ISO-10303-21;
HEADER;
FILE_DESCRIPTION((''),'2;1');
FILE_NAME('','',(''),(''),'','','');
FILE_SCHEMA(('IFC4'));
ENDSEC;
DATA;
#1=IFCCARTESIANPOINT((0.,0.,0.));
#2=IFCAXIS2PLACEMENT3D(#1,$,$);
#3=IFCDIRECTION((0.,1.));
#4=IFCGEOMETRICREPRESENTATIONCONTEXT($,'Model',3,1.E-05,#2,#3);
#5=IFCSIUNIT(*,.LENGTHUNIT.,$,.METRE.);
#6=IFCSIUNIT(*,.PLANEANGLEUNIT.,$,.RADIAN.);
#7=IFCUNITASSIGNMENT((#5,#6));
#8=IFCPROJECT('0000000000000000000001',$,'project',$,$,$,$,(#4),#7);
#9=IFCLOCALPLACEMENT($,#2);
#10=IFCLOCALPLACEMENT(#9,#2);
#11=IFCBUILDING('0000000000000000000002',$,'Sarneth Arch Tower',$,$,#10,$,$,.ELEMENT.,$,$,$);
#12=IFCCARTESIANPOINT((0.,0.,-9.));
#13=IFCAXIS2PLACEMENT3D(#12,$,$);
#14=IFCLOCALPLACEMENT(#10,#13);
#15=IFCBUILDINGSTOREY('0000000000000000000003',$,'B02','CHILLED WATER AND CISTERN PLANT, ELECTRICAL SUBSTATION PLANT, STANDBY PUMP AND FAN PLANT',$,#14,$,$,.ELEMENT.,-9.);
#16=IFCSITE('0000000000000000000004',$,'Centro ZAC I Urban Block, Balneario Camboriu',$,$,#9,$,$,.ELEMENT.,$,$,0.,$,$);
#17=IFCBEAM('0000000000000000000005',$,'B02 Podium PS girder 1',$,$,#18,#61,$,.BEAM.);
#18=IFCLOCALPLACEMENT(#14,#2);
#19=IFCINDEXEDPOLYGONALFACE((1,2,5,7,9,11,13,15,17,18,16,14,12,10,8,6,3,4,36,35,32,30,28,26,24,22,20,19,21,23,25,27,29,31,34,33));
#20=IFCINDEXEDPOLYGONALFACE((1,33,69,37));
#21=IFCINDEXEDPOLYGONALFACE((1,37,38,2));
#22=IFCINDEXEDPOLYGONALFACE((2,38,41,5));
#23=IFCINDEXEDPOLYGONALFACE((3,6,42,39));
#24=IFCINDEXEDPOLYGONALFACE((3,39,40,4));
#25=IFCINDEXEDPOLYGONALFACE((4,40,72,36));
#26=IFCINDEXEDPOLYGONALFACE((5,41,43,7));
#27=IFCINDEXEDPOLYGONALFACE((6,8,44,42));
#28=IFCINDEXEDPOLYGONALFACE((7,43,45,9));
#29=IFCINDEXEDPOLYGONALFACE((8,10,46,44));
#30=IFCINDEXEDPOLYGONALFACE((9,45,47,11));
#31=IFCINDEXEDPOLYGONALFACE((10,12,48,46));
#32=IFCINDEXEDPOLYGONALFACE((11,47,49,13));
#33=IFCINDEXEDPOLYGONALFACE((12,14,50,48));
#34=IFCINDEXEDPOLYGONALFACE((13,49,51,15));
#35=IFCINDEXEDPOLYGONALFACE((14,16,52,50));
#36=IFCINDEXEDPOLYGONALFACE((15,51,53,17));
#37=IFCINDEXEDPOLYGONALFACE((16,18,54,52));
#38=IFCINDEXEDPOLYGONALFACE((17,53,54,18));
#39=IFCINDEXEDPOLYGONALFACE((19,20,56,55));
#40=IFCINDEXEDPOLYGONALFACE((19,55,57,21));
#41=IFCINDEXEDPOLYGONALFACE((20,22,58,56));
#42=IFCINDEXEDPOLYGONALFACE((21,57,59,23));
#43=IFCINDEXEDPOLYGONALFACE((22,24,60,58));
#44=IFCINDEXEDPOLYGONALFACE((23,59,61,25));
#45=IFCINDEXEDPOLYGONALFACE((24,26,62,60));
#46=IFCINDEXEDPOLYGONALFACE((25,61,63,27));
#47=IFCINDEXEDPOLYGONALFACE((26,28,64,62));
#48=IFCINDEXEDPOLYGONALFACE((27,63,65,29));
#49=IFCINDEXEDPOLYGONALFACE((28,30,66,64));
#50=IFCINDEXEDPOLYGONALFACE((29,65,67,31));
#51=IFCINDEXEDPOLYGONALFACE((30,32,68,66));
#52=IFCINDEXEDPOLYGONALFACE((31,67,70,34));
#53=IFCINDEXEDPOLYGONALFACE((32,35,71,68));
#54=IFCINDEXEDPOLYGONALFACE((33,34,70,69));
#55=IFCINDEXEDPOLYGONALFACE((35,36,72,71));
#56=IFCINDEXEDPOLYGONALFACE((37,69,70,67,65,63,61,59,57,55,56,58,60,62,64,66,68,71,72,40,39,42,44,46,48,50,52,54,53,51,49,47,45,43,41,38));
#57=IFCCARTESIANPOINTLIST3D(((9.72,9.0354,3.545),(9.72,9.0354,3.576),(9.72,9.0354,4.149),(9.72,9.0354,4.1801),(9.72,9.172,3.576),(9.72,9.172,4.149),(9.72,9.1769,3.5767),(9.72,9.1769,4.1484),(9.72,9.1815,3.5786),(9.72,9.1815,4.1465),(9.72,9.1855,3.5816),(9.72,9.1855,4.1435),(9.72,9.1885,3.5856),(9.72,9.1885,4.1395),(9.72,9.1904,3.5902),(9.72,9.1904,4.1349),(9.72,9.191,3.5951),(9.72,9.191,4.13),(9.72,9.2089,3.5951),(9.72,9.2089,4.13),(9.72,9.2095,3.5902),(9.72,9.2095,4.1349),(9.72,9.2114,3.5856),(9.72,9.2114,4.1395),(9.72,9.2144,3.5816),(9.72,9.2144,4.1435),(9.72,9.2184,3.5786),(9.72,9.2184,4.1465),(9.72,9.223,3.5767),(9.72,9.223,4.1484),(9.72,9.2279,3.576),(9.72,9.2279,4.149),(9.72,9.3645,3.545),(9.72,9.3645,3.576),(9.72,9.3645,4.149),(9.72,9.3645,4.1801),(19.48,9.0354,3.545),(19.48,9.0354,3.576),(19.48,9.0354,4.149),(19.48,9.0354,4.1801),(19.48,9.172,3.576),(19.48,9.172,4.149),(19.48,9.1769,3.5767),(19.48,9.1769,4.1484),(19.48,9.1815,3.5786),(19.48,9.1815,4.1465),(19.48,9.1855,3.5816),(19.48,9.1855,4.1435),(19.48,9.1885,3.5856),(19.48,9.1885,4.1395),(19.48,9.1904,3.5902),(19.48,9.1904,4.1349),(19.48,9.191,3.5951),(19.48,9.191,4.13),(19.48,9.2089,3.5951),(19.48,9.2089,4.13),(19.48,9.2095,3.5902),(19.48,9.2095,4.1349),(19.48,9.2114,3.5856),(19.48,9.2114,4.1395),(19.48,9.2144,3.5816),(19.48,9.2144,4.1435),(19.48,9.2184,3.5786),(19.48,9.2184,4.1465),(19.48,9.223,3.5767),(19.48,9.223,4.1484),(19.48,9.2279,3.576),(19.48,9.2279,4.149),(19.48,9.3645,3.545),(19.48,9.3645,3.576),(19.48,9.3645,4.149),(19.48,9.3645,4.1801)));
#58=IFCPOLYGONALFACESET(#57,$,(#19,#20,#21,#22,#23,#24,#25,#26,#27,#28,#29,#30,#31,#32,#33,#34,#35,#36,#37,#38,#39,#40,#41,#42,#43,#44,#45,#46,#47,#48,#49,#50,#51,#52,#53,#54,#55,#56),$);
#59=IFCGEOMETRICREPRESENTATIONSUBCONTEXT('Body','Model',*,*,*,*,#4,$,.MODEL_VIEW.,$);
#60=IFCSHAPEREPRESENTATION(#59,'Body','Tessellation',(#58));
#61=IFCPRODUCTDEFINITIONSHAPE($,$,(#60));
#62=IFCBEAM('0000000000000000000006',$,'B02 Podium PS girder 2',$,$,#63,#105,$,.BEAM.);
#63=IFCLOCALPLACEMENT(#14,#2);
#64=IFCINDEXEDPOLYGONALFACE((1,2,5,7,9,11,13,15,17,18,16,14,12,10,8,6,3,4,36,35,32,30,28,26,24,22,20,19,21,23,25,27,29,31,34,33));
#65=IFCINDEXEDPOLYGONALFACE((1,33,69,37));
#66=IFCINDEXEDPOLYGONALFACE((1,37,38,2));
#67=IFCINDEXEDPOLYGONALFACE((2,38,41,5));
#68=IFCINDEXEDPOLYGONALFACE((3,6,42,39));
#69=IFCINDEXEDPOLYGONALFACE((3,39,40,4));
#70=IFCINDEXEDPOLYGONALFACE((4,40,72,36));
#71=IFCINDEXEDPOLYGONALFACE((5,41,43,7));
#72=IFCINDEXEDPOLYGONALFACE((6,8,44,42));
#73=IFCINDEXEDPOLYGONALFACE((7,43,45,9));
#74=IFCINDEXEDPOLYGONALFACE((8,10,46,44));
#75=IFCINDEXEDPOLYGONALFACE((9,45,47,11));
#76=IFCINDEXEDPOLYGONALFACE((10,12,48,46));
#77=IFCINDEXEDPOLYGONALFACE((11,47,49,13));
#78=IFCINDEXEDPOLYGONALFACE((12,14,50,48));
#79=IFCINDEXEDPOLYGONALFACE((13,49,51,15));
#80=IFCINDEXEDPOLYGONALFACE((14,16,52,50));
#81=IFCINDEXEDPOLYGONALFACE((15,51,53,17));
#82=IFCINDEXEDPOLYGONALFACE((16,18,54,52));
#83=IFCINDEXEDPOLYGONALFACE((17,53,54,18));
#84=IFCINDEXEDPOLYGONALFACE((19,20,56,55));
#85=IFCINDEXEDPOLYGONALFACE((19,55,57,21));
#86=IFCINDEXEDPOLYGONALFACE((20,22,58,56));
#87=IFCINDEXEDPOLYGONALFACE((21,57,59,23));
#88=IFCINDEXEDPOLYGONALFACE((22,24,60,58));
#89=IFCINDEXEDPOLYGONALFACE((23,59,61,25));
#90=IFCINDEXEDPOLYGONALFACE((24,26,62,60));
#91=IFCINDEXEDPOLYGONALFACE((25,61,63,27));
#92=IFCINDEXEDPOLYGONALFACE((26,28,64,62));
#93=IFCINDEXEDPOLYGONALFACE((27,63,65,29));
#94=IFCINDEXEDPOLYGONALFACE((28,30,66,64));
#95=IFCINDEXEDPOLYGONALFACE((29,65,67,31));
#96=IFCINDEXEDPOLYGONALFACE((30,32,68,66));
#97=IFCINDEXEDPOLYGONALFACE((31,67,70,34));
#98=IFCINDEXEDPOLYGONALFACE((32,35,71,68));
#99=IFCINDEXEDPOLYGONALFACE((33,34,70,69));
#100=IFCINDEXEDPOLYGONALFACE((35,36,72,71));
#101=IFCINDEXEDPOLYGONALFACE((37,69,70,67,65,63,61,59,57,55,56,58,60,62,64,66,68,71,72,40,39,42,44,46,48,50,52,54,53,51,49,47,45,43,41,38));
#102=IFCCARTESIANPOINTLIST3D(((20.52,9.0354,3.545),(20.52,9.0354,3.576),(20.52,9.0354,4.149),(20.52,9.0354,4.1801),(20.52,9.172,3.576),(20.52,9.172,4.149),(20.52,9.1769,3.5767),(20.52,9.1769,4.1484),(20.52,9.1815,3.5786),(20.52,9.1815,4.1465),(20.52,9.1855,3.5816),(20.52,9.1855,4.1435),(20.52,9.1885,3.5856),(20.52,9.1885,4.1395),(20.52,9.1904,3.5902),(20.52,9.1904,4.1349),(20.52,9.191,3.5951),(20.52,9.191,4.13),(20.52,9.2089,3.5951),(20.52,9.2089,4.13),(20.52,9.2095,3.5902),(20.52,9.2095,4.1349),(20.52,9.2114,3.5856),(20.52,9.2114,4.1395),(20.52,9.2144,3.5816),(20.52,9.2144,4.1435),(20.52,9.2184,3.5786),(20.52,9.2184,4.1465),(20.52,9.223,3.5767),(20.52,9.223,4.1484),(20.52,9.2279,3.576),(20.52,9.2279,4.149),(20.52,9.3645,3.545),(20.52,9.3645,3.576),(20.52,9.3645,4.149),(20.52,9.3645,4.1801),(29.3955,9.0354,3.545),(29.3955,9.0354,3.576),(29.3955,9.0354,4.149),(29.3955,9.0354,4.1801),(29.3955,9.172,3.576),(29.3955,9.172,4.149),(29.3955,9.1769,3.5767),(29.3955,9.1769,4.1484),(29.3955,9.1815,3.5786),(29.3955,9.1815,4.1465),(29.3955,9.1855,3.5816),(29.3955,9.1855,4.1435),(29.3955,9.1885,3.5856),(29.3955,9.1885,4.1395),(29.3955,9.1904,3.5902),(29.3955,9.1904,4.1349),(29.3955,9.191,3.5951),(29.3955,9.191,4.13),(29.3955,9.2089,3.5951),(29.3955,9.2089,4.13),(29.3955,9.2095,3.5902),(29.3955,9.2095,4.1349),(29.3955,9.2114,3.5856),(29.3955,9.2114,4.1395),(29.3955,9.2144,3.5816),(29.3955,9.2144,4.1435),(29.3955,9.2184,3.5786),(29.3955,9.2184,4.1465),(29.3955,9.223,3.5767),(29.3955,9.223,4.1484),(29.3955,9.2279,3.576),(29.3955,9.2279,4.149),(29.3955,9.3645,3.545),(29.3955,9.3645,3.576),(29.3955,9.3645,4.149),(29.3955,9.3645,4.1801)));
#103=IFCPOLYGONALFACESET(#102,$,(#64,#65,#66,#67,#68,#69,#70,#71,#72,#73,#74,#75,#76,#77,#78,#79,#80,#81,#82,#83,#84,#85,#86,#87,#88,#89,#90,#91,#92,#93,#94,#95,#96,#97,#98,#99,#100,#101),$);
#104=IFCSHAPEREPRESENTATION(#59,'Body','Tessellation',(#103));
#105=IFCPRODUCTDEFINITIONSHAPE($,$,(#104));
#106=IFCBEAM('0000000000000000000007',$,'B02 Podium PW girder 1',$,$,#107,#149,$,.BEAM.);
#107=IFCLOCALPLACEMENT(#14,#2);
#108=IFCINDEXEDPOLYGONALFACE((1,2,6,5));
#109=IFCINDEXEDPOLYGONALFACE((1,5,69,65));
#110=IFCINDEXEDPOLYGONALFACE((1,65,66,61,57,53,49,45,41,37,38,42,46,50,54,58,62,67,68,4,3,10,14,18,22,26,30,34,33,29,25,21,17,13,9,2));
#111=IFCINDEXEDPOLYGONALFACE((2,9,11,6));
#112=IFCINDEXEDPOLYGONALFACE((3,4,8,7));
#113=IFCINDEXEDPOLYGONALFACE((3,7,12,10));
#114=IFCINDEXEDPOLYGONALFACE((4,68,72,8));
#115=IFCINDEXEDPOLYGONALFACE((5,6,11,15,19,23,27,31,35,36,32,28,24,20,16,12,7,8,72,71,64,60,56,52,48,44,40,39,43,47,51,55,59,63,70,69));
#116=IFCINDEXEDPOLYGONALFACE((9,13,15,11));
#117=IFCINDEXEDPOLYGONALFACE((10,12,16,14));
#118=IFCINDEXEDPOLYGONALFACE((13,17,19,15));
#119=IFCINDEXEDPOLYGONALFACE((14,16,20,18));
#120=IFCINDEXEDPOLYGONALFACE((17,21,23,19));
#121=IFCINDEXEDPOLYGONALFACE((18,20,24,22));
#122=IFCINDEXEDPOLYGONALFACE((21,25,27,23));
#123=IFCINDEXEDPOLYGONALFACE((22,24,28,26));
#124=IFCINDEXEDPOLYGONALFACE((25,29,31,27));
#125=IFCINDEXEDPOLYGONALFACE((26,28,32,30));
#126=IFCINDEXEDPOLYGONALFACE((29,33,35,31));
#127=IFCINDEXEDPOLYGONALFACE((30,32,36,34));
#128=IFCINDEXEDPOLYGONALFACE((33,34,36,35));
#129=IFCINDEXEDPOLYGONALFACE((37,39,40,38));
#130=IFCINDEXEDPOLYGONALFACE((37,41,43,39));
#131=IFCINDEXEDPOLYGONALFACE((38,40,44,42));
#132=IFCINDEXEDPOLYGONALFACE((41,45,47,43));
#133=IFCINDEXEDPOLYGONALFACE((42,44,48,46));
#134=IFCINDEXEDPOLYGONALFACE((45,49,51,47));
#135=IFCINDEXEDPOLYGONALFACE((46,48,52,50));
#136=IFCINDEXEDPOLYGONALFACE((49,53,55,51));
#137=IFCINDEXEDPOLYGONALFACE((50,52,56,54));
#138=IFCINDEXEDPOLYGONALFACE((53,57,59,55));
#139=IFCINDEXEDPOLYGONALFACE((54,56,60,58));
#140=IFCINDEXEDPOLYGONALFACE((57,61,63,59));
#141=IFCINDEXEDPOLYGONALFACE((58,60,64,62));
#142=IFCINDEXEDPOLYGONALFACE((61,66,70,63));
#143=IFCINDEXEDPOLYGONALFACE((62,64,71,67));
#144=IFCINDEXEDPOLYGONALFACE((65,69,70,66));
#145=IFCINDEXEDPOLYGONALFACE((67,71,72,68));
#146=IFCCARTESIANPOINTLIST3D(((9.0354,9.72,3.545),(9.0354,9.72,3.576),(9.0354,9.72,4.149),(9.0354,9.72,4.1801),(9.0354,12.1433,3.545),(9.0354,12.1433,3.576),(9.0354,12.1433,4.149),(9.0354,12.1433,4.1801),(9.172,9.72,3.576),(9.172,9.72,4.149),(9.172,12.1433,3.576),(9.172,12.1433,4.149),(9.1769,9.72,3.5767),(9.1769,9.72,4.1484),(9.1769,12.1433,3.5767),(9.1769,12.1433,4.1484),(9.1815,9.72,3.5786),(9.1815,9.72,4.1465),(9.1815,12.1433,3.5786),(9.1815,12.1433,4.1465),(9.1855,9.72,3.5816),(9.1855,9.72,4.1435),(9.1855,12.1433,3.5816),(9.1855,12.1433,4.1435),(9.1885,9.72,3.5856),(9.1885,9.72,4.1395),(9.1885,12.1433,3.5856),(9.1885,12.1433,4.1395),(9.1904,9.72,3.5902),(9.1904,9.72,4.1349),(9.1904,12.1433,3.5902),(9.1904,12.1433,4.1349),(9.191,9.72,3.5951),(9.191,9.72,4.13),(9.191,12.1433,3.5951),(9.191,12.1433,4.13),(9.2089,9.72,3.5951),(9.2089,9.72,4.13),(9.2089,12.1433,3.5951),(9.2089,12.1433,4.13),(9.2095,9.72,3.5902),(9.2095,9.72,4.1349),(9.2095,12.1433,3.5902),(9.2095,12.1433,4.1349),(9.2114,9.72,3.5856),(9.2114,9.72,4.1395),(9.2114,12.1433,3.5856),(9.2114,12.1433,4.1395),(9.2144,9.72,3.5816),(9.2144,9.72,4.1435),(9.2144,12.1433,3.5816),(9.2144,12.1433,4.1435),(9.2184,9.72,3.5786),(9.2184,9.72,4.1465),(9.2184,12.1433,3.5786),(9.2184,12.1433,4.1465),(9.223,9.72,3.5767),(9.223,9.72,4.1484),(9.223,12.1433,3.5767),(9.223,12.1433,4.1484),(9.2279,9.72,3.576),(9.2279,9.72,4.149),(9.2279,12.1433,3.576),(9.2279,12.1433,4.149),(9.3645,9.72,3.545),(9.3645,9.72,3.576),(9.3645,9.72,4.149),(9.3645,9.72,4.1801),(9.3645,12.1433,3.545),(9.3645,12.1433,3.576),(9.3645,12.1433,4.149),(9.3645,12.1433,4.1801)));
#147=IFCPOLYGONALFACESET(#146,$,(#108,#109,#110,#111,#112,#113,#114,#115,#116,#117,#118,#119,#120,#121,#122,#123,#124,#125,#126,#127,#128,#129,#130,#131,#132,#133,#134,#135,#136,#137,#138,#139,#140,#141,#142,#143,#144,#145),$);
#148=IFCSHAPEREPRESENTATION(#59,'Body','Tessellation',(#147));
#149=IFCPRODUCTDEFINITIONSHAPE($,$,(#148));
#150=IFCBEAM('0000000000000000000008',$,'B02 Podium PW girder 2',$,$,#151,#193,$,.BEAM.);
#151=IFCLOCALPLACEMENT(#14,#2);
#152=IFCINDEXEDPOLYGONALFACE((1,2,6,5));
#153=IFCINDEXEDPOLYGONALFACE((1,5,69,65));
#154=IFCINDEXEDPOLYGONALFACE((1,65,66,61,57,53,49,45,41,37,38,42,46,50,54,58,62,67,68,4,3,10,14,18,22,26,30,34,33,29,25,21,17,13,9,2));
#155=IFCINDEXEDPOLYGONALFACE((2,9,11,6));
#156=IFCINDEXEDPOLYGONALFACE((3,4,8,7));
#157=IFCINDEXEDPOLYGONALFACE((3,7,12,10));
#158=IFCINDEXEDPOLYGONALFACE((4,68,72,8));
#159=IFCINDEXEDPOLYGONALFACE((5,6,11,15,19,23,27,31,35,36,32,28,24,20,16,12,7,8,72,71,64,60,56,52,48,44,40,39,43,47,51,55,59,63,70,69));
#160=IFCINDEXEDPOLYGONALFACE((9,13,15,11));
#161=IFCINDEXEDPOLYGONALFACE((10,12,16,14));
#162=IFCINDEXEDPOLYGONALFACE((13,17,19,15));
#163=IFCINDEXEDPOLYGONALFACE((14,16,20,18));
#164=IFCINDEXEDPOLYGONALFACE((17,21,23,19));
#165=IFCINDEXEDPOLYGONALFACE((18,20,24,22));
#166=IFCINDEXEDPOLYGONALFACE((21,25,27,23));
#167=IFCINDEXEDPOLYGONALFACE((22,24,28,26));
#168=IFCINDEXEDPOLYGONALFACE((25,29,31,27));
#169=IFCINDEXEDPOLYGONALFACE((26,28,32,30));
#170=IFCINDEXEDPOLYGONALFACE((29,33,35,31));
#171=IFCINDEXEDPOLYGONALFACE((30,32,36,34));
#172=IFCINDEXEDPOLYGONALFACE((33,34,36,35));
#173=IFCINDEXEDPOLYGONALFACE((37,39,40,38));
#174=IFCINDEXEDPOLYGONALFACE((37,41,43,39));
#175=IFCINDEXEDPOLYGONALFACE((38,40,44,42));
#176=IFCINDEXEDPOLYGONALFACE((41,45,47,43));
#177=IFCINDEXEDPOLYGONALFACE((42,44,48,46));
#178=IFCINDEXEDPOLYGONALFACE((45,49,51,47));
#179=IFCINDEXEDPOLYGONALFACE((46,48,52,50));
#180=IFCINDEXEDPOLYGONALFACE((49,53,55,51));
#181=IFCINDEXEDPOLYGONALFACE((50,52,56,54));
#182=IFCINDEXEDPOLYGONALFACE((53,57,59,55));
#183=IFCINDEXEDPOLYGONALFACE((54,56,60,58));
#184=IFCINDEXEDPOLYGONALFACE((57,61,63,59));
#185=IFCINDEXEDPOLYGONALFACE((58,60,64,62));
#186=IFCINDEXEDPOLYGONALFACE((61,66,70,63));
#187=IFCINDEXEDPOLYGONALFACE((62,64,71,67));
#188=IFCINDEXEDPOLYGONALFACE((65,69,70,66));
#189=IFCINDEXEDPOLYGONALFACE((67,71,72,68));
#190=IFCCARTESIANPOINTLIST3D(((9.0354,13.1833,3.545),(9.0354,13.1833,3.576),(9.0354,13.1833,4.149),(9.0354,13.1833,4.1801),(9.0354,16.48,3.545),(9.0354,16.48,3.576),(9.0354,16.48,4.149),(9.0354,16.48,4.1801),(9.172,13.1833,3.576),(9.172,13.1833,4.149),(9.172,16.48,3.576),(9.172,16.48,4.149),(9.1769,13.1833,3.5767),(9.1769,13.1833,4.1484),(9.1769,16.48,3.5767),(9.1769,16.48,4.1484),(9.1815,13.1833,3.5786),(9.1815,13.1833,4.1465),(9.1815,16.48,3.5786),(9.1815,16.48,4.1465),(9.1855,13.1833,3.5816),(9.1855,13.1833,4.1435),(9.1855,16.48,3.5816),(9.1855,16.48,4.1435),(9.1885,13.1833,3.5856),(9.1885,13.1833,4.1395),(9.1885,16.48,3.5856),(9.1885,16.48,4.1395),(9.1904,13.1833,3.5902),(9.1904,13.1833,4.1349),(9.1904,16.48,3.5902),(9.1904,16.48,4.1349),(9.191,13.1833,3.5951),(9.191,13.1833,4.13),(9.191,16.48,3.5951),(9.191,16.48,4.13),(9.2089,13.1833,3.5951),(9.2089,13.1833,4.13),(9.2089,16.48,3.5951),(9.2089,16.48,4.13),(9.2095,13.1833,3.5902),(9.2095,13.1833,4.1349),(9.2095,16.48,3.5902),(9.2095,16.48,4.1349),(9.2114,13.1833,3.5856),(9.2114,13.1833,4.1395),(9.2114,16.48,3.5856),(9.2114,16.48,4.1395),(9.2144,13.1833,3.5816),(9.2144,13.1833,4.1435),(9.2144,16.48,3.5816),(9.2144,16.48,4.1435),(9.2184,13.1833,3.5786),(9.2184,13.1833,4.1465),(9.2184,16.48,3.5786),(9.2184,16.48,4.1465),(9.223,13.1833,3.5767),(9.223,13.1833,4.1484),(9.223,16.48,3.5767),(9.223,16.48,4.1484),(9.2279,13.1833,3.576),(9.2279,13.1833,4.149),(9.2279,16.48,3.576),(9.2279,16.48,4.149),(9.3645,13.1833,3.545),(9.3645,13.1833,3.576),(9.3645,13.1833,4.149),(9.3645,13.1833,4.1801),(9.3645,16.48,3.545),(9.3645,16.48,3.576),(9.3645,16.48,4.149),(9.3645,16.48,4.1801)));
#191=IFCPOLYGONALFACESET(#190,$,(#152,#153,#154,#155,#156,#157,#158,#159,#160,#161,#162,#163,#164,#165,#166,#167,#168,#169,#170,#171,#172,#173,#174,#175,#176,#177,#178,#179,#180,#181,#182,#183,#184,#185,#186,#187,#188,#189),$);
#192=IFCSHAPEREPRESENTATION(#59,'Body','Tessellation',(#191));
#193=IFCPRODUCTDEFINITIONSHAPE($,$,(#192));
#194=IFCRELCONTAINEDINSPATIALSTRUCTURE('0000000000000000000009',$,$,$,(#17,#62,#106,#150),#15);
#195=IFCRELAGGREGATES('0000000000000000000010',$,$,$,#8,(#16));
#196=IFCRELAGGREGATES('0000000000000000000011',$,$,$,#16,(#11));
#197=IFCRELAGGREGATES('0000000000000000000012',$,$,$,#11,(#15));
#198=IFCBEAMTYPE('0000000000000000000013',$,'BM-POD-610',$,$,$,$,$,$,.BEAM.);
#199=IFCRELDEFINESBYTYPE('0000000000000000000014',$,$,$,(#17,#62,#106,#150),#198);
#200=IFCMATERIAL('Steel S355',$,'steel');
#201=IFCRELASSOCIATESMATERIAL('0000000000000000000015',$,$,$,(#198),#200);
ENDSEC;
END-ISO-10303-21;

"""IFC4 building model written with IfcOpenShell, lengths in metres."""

from ifc_helpers import new_model, si_unit, direction, frame, origin, origin_2d, place, context, subcontext, project, spatial, i_section, extrude, material, material_profile, profile_set, type_object, element, save


model = new_model("IFC4")

# Units and contexts
model_context = context("Model", 3, precision=1e-05, world=origin(), true_north=direction((0.0, 1.0)))
body_context = subcontext(model_context, "Body", "Model", "MODEL_VIEW")
ifc_project = project(units=[si_unit("LENGTHUNIT", "METRE"), si_unit("PLANEANGLEUNIT", "RADIAN")], contexts=[model_context])

# Site, building, storey
site_placement = place(None, origin())
site = spatial("IfcSite", under=ifc_project, at=site_placement, Name="Centro ZAC I Urban Block, Balneario Camboriu", CompositionType="ELEMENT", RefElevation=0.0)
building_placement = place(site_placement, origin())
building = spatial("IfcBuilding", under=site, at=building_placement, Name="Sarneth Arch Tower", CompositionType="ELEMENT")
storey_placement = place(building_placement, frame((0.0, 0.0, -9.0)))
storey = spatial("IfcBuildingStorey", under=building, at=storey_placement, Name="B02", Description="CHILLED WATER AND CISTERN PLANT, ELECTRICAL SUBSTATION PLANT, STANDBY PUMP AND FAN PLANT", CompositionType="ELEMENT", Elevation=-9.0)

# Beams
ifc_material_1 = material(Name="Steel S355", Category="steel")
ifc_material_profile_1 = material_profile(ifc_material_1, i_section(OverallWidth=0.3291, OverallDepth=0.635, WebThickness=0.0178, FlangeThickness=0.031, FilletRadius=0.019, at=origin_2d()), Name="W610x241")
ifc_profile_set_1 = profile_set([ifc_material_profile_1], Name="Steel S355")
beam_type = type_object("IfcBeamType", Name="BM-POD-610", PredefinedType="BEAM", material=ifc_profile_set_1)
beam_1_placement = place(storey_placement, frame((9.72, 9.2, 3.8625), z_axis=(1.0, 0.0, 0.0), x_axis=(0.0, 1.0, 0.0)))
element("IfcBeam", 1, at=beam_1_placement, inside=storey, type_object=beam_type, Name="B02 Podium PS girder 1", PredefinedType="BEAM", context=body_context, shape_type="SweptSolid", body=[
    extrude(i_section(OverallWidth=0.3291, OverallDepth=0.635, WebThickness=0.0178, FlangeThickness=0.031, FilletRadius=0.019, at=origin_2d()), origin(), (0.0, 0.0, 1.0), 9.76),
])
beam_2_placement = place(storey_placement, frame((20.52, 9.2, 3.8625), z_axis=(1.0, 0.0, 0.0), x_axis=(0.0, 1.0, 0.0)))
element("IfcBeam", 2, at=beam_2_placement, inside=storey, type_object=beam_type, Name="B02 Podium PS girder 2", PredefinedType="BEAM", context=body_context, shape_type="SweptSolid", body=[
    extrude(i_section(OverallWidth=0.3291, OverallDepth=0.635, WebThickness=0.0178, FlangeThickness=0.031, FilletRadius=0.019, at=origin_2d()), origin(), (0.0, 0.0, 1.0), 8.8755),
])
beam_3_placement = place(storey_placement, frame((9.2, 9.72, 3.8625), z_axis=(0.0, 1.0, 0.0), x_axis=(-1.0, 0.0, 0.0)))
element("IfcBeam", 3, at=beam_3_placement, inside=storey, type_object=beam_type, Name="B02 Podium PW girder 1", PredefinedType="BEAM", context=body_context, shape_type="SweptSolid", body=[
    extrude(i_section(OverallWidth=0.3291, OverallDepth=0.635, WebThickness=0.0178, FlangeThickness=0.031, FilletRadius=0.019, at=origin_2d()), origin(), (0.0, 0.0, 1.0), 2.4233),
])
beam_4_placement = place(storey_placement, frame((9.2, 13.1833, 3.8625), z_axis=(0.0, 1.0, 0.0), x_axis=(-1.0, 0.0, 0.0)))
element("IfcBeam", 4, at=beam_4_placement, inside=storey, type_object=beam_type, Name="B02 Podium PW girder 2", PredefinedType="BEAM", context=body_context, shape_type="SweptSolid", body=[
    extrude(i_section(OverallWidth=0.3291, OverallDepth=0.635, WebThickness=0.0178, FlangeThickness=0.031, FilletRadius=0.019, at=origin_2d()), origin(), (0.0, 0.0, 1.0), 3.2966),
])

save(model, "model.ifc")
